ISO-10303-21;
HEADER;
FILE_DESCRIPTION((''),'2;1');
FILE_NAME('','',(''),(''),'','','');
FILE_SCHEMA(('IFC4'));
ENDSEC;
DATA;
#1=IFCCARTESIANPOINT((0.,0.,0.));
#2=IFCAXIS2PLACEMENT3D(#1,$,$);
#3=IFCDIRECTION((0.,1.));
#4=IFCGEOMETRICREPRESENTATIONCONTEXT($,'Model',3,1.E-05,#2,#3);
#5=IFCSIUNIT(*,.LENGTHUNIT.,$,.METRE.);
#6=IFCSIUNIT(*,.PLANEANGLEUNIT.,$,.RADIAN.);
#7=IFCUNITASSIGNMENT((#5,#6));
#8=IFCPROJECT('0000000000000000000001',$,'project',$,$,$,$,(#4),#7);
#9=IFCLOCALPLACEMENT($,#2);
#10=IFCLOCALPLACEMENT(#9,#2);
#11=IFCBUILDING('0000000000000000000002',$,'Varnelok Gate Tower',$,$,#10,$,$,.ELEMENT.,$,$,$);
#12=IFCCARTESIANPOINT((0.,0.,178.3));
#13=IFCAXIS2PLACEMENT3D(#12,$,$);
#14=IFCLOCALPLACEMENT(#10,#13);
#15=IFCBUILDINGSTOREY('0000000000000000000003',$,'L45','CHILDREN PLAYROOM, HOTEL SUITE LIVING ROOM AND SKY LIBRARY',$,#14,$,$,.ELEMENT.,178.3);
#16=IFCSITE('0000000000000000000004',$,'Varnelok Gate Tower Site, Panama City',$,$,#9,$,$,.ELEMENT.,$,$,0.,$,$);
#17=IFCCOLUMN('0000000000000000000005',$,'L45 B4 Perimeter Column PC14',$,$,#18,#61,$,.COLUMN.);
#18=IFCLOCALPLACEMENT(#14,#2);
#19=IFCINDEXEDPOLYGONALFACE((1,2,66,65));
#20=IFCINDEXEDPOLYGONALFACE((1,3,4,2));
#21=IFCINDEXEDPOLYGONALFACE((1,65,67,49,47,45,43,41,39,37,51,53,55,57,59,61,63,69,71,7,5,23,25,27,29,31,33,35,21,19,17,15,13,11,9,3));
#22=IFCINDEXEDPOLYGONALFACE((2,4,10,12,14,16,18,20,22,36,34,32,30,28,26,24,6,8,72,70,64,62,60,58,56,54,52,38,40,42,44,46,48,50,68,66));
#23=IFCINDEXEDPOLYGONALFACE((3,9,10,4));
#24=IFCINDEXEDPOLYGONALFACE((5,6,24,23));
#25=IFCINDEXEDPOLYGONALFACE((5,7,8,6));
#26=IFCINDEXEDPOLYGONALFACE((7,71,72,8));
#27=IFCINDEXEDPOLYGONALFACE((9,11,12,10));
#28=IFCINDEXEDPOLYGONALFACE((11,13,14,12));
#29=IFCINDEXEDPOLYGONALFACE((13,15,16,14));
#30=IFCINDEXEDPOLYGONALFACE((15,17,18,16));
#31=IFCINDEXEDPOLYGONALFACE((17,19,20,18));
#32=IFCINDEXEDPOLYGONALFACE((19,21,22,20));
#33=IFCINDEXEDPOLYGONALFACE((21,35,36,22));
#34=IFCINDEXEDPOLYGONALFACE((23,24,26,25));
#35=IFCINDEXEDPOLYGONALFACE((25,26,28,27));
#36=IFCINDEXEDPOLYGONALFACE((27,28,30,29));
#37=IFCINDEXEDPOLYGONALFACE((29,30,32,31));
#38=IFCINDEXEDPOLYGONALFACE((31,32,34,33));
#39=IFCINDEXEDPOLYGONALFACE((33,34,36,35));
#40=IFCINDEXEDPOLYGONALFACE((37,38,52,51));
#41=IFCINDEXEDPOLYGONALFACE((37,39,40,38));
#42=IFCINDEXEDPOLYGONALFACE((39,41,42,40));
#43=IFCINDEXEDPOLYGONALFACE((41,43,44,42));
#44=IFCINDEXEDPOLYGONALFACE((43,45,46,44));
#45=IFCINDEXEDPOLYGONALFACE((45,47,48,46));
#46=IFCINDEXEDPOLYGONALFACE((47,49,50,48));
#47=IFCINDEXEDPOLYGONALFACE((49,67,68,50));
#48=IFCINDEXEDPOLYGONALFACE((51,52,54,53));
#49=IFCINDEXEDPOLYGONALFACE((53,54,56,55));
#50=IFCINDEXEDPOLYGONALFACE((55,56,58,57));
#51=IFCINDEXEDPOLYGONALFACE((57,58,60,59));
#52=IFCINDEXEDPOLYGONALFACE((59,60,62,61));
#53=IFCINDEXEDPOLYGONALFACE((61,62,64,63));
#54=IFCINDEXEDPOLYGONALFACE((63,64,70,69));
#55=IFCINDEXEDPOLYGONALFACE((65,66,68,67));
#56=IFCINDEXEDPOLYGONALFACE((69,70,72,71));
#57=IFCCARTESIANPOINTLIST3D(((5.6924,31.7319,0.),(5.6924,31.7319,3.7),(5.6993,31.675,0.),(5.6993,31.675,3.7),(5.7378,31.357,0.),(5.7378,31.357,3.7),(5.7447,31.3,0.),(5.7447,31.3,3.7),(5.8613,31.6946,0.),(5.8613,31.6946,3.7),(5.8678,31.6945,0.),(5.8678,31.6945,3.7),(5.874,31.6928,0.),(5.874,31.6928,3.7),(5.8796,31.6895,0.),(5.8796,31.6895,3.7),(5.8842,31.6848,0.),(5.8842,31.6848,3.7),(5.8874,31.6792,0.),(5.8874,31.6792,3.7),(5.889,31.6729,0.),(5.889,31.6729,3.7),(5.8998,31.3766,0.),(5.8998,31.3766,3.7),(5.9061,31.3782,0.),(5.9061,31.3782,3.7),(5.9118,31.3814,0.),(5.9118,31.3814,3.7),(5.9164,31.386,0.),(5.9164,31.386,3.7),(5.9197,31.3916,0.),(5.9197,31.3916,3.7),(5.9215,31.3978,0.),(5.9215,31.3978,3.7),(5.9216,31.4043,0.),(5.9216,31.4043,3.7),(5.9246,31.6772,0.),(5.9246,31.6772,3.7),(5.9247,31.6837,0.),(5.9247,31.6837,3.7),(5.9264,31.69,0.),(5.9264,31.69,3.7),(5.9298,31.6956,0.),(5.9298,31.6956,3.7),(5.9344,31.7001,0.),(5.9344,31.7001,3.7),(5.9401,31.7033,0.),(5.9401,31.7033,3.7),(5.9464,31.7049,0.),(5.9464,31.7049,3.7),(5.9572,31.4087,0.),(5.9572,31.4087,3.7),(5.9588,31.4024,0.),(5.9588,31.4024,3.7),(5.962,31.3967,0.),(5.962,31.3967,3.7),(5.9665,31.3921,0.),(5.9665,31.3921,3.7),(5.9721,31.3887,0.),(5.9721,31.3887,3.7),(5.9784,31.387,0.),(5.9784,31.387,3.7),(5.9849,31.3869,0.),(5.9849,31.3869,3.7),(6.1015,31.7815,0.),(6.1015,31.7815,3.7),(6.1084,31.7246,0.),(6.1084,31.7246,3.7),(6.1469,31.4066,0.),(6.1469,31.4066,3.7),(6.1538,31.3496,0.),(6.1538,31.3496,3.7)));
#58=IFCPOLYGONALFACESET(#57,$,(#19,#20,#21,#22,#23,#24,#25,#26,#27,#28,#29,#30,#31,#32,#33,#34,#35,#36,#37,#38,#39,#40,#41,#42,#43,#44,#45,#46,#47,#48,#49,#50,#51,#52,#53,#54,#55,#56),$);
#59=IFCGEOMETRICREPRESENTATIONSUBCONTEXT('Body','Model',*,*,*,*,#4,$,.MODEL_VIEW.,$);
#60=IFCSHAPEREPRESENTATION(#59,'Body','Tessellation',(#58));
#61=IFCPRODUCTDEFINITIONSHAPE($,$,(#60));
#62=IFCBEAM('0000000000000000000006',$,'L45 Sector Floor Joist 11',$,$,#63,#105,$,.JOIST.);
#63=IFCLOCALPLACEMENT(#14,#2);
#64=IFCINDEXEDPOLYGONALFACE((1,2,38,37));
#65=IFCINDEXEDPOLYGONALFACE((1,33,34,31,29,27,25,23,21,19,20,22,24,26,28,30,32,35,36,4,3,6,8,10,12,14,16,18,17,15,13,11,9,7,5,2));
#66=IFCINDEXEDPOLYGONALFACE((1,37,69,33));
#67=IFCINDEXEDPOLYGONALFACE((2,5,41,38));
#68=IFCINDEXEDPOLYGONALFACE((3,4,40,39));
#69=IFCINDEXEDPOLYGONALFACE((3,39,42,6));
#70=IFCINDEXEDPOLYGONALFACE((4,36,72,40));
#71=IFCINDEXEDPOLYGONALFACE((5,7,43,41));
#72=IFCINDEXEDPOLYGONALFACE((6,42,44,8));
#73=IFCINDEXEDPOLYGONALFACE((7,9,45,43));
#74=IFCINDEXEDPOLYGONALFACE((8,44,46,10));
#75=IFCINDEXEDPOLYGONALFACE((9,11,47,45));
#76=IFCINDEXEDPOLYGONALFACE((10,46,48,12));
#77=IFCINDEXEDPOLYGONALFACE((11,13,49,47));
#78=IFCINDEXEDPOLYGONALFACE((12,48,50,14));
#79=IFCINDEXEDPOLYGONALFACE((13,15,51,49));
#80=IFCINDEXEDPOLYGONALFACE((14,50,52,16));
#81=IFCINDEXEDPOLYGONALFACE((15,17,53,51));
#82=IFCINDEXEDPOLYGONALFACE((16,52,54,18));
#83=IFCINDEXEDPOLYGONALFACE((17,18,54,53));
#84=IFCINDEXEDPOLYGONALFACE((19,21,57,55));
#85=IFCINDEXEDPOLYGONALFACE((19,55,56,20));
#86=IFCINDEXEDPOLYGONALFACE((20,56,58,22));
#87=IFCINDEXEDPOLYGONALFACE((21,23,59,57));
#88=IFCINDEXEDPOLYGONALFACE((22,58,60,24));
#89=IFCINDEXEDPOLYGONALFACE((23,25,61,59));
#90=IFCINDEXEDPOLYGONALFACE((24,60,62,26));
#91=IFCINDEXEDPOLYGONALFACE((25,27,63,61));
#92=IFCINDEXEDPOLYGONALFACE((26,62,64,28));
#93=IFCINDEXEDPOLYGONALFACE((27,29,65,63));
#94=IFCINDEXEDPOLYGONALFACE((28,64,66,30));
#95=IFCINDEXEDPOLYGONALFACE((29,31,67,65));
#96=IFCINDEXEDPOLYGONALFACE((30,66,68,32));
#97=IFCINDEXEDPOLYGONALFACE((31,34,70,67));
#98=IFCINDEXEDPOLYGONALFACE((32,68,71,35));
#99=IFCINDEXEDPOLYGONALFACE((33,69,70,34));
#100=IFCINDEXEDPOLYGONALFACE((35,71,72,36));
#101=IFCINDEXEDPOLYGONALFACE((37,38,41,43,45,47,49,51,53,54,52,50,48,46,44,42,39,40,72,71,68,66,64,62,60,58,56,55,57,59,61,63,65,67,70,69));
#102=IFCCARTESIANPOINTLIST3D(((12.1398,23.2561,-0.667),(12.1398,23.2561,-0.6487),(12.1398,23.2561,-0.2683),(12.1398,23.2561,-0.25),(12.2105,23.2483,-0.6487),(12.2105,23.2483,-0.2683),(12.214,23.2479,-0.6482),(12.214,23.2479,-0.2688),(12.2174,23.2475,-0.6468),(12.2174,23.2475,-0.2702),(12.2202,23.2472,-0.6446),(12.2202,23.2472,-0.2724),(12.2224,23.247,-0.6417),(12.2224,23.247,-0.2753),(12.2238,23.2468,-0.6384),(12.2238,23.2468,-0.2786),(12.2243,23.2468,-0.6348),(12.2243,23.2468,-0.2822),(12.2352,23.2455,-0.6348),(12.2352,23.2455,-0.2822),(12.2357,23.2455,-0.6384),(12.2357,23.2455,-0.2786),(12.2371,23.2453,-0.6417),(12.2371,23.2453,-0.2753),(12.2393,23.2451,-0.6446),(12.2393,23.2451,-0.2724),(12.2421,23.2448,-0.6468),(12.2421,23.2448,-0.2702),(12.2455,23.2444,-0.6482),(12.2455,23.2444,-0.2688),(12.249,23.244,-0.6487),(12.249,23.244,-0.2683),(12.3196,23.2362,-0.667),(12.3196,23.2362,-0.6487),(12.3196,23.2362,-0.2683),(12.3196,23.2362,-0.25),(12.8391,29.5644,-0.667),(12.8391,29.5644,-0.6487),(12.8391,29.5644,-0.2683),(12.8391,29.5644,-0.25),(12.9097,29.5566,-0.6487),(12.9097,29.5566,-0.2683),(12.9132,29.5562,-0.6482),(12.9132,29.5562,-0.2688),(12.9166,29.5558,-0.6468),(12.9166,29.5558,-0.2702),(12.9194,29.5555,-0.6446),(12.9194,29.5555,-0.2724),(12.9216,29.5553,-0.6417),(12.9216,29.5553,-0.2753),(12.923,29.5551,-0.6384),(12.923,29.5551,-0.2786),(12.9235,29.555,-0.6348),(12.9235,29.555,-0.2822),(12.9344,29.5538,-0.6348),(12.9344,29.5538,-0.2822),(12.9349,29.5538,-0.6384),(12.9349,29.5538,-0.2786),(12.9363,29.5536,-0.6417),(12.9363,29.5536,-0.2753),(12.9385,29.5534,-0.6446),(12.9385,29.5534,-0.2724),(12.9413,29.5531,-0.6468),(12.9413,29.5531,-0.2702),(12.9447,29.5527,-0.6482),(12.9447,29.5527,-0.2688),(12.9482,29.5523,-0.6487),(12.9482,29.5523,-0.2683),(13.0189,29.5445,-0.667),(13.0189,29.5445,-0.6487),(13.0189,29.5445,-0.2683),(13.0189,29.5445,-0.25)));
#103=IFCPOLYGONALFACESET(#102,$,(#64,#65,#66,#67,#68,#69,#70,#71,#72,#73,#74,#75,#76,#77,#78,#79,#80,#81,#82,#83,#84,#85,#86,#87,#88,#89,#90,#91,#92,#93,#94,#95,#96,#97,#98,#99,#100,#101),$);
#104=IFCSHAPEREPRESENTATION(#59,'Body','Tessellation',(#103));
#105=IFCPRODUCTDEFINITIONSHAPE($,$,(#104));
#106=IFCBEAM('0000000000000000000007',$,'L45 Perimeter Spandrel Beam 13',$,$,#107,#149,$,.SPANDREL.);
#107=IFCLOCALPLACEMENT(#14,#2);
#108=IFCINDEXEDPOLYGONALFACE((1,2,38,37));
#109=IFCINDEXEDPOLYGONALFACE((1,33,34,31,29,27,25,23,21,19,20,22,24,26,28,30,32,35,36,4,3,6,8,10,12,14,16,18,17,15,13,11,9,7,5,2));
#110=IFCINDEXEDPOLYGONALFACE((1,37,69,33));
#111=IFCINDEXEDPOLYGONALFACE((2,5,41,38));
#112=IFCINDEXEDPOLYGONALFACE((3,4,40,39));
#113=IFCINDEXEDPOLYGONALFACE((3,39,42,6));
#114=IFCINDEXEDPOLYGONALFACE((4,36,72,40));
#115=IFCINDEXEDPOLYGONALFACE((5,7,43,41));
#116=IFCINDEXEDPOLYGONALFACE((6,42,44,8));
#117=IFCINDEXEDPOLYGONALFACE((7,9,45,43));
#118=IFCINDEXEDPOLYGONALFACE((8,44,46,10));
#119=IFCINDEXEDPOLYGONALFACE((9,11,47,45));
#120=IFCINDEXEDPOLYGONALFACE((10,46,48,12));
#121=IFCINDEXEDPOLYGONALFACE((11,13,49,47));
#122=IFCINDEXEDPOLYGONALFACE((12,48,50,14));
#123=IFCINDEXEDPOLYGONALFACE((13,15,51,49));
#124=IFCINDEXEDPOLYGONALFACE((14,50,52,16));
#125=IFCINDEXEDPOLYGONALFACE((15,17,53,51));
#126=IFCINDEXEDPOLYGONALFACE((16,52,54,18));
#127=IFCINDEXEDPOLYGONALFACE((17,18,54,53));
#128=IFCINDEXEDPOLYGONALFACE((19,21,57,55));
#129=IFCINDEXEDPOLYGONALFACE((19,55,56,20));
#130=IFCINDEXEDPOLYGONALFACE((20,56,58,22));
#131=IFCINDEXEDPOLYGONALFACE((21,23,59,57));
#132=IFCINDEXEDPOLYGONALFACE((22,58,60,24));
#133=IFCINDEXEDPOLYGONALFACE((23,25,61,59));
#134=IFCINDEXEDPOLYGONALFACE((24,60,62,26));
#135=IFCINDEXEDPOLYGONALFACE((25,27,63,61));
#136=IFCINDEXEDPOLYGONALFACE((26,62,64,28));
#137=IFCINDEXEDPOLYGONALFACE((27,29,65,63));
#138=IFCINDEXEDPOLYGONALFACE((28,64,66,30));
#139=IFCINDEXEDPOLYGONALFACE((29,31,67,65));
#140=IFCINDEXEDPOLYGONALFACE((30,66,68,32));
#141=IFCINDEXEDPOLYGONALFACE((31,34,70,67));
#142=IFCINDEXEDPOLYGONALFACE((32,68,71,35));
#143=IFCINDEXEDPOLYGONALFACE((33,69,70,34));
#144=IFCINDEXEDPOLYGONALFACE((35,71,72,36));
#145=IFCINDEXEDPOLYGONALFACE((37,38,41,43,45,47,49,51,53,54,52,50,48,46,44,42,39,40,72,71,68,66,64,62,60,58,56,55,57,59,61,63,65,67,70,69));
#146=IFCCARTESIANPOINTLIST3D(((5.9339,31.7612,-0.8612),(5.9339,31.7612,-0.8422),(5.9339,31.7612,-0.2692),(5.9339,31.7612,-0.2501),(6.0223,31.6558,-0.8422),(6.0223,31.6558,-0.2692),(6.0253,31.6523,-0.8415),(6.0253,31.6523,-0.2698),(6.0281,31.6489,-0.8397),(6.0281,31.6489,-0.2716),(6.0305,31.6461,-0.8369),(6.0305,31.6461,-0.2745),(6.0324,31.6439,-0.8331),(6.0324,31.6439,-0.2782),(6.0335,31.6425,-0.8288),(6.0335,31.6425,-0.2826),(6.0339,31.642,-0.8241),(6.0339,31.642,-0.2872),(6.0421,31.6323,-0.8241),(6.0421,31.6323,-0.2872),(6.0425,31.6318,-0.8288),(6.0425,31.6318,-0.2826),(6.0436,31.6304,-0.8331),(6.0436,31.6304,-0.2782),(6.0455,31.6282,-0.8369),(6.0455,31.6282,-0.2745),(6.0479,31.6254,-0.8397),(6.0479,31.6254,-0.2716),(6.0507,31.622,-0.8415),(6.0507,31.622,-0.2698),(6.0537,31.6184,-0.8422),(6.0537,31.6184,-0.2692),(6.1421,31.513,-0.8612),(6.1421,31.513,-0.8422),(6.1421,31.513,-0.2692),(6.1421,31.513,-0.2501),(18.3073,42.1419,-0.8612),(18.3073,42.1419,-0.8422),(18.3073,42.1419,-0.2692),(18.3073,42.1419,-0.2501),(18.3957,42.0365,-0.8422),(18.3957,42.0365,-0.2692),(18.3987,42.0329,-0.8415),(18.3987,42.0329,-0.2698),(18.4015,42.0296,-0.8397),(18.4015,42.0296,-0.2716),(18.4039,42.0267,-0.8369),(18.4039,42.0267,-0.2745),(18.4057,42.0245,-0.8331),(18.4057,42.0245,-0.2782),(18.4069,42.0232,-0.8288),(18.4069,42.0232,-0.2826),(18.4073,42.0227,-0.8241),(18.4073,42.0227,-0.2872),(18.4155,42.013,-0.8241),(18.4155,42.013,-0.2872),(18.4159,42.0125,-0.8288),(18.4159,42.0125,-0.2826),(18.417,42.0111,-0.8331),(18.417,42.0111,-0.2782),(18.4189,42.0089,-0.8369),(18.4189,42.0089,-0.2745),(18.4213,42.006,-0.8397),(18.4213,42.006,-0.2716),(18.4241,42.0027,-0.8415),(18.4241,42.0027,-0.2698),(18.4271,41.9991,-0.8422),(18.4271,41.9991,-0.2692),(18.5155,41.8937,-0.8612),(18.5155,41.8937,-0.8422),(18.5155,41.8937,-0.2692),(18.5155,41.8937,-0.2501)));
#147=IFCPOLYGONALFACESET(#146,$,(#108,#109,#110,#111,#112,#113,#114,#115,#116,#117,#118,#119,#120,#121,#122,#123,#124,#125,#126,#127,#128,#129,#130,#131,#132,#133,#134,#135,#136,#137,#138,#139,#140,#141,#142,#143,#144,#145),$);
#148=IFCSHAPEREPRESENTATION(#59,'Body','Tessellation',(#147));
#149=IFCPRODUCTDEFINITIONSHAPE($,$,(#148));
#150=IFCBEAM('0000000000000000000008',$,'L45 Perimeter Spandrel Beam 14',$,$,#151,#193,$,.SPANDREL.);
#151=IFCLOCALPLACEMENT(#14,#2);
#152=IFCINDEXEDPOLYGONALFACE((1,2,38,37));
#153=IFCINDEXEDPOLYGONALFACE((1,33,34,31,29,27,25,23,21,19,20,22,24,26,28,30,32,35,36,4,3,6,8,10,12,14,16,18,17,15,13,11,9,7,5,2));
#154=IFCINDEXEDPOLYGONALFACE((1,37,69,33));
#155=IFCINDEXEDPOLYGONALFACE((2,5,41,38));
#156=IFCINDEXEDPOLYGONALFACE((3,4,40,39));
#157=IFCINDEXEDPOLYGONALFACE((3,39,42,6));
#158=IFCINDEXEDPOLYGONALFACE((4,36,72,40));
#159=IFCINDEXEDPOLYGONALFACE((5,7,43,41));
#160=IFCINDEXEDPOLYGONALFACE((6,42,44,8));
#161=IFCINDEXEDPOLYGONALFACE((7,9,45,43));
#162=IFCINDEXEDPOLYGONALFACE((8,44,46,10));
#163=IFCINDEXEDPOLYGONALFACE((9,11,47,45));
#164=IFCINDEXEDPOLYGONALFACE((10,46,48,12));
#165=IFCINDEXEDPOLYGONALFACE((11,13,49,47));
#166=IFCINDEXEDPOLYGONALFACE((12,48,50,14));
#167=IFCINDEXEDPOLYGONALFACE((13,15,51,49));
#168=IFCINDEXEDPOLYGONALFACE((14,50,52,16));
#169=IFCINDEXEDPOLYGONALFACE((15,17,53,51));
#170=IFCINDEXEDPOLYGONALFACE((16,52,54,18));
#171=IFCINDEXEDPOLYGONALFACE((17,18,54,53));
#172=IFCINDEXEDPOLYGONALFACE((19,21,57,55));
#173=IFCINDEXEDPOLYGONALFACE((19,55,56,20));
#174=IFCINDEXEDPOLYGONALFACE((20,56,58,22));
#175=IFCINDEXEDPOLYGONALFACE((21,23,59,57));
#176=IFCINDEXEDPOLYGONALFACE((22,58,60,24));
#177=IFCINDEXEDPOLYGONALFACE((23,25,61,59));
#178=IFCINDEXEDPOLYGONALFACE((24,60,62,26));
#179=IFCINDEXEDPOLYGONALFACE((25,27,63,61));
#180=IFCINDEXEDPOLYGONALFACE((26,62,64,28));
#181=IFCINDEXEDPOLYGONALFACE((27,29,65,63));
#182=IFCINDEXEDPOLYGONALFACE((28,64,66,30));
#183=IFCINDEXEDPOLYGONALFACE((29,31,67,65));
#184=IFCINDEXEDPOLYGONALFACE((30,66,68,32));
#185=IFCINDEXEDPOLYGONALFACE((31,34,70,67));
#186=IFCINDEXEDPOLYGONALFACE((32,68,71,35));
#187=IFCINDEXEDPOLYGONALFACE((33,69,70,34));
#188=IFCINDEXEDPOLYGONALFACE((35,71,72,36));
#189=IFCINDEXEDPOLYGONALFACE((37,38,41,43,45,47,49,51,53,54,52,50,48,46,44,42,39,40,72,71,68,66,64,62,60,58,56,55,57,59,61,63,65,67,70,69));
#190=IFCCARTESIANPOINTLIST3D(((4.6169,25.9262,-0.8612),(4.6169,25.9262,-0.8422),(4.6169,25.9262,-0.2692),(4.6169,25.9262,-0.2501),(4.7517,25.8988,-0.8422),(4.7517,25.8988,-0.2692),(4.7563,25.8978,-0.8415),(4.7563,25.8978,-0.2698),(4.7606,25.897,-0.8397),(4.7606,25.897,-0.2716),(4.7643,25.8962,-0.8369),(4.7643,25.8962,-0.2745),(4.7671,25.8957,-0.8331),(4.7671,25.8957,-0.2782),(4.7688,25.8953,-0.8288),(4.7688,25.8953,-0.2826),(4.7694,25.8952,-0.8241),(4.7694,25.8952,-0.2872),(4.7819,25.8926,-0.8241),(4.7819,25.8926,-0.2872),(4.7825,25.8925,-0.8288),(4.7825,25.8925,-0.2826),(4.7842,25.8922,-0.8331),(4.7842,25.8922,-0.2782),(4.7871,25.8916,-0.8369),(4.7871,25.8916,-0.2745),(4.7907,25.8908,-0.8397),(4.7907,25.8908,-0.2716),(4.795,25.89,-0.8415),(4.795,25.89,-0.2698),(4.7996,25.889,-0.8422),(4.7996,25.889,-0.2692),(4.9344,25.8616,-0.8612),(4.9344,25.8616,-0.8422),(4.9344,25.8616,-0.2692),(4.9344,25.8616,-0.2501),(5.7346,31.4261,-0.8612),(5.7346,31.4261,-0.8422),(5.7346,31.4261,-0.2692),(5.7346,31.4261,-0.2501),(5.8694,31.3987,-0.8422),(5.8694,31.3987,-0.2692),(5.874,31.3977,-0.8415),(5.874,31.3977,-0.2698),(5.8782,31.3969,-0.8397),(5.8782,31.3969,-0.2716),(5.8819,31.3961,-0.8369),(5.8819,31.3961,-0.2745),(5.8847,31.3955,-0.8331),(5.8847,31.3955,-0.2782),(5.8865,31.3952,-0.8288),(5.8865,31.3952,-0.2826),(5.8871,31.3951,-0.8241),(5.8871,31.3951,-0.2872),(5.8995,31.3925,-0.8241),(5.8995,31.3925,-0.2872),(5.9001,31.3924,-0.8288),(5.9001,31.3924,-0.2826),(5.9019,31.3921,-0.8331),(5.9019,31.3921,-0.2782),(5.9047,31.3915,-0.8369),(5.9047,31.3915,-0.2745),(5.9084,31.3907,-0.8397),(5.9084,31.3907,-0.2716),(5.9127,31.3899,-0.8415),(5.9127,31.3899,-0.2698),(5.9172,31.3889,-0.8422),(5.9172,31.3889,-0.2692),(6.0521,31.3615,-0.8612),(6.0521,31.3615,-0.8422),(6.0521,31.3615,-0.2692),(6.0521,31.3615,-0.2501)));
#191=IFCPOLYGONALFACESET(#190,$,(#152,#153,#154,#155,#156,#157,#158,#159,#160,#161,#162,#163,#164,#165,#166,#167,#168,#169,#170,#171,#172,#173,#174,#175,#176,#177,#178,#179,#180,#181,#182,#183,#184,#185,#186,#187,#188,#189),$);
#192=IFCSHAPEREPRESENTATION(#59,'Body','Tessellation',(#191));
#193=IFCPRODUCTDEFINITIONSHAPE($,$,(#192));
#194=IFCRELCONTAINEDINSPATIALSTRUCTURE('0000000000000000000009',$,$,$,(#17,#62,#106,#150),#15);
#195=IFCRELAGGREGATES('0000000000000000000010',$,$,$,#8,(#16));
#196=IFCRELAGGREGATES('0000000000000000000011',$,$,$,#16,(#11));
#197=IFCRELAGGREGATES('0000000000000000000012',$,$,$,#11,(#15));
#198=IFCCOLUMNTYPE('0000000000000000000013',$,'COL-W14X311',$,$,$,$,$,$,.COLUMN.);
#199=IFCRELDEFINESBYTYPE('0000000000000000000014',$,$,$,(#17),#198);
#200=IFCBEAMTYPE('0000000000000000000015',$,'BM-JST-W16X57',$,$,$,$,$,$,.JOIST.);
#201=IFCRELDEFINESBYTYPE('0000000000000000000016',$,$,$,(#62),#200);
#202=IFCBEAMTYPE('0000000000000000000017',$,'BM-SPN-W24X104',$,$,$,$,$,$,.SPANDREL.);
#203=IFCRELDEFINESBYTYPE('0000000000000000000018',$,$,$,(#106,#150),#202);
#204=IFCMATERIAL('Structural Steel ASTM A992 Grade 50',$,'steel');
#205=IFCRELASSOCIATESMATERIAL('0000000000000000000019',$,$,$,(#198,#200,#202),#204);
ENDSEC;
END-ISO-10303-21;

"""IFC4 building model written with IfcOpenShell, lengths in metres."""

from ifc_helpers import new_model, si_unit, direction, frame, origin, origin_2d, place, context, subcontext, project, spatial, i_section, extrude, material, material_profile, profile_set, type_object, element, save


model = new_model("IFC4")

# Units and contexts
model_context = context("Model", 3, precision=1e-05, world=origin(), true_north=direction((0.0, 1.0)))
body_context = subcontext(model_context, "Body", "Model", "MODEL_VIEW")
ifc_project = project(units=[si_unit("LENGTHUNIT", "METRE"), si_unit("PLANEANGLEUNIT", "RADIAN")], contexts=[model_context])

# Site, building, storey
site_placement = place(None, origin())
site = spatial("IfcSite", under=ifc_project, at=site_placement, Name="Varnelok Gate Tower Site, Panama City", CompositionType="ELEMENT", RefElevation=0.0)
building_placement = place(site_placement, origin())
building = spatial("IfcBuilding", under=site, at=building_placement, Name="Varnelok Gate Tower", CompositionType="ELEMENT")
storey_placement = place(building_placement, frame((0.0, 0.0, 178.3)))
storey = spatial("IfcBuildingStorey", under=building, at=storey_placement, Name="L45", Description="CHILDREN PLAYROOM, HOTEL SUITE LIVING ROOM AND SKY LIBRARY", CompositionType="ELEMENT", Elevation=178.3)

# Column
ifc_material_1 = material(Name="Structural Steel ASTM A992 Grade 50", Category="steel")
ifc_material_profile_1 = material_profile(ifc_material_1, i_section(OverallWidth=0.4121, OverallDepth=0.4351, WebThickness=0.0359, FlangeThickness=0.0574, FilletRadius=0.0249, at=origin_2d()), Name="W14X311")
ifc_profile_set_1 = profile_set([ifc_material_profile_1], Name="Structural Steel ASTM A992 Grade 50")
column_type = type_object("IfcColumnType", Name="COL-W14X311", PredefinedType="COLUMN", material=ifc_profile_set_1)
column_placement = place(storey_placement, frame((5.9231, 31.5408, 0.0), z_axis=(0.0, 0.0, 1.0), x_axis=(0.992732, 0.120345, 0.0)))
element("IfcColumn", 1, at=column_placement, inside=storey, type_object=column_type, Name="L45 B4 Perimeter Column PC14", PredefinedType="COLUMN", context=body_context, shape_type="SweptSolid", body=[
    extrude(i_section(OverallWidth=0.4121, OverallDepth=0.4351, WebThickness=0.0359, FlangeThickness=0.0574, FilletRadius=0.0249, at=origin_2d()), origin(), (0.0, 0.0, 1.0), 3.7),
])

# Beams
ifc_material_profile_2 = material_profile(ifc_material_1, i_section(OverallWidth=0.1809, OverallDepth=0.417, WebThickness=0.011, FlangeThickness=0.0183, FilletRadius=0.0139, at=origin_2d()), Name="W16X57")
ifc_profile_set_2 = profile_set([ifc_material_profile_2], Name="Structural Steel ASTM A992 Grade 50")
beam_type_1 = type_object("IfcBeamType", Name="BM-JST-W16X57", PredefinedType="JOIST", material=ifc_profile_set_2)
beam_1_placement = place(storey_placement, frame((12.929, 29.5544, -0.4585), z_axis=(-0.110166, -0.993913, 0.0), x_axis=(0.993913, -0.110166, 0.0)))
element("IfcBeam", 2, at=beam_1_placement, inside=storey, type_object=beam_type_1, Name="L45 Sector Floor Joist 11", PredefinedType="JOIST", context=body_context, shape_type="SweptSolid", body=[
    extrude(i_section(OverallWidth=0.1809, OverallDepth=0.417, WebThickness=0.011, FlangeThickness=0.0183, FilletRadius=0.0139, at=origin_2d()), origin(), (0.0, 0.0, 1.0), 6.3469),
])
ifc_material_profile_3 = material_profile(ifc_material_1, i_section(OverallWidth=0.324, OverallDepth=0.6111, WebThickness=0.0127, FlangeThickness=0.019, FilletRadius=0.0181, at=origin_2d()), Name="W24X104")
ifc_profile_set_3 = profile_set([ifc_material_profile_3], Name="Structural Steel ASTM A992 Grade 50")
beam_type_2 = type_object("IfcBeamType", Name="BM-SPN-W24X104", PredefinedType="SPANDREL", material=ifc_profile_set_3)
beam_2_placement = place(storey_placement, frame((18.4114, 42.0178, -0.5557), z_axis=(-0.7661, -0.642722, 0.0), x_axis=(0.642722, -0.7661, 0.0)))
element("IfcBeam", 3, at=beam_2_placement, inside=storey, type_object=beam_type_2, Name="L45 Perimeter Spandrel Beam 13", PredefinedType="SPANDREL", context=body_context, shape_type="SweptSolid", body=[
    extrude(i_section(OverallWidth=0.324, OverallDepth=0.6111, WebThickness=0.0127, FlangeThickness=0.019, FilletRadius=0.0181, at=origin_2d()), origin(), (0.0, 0.0, 1.0), 16.1511),
])
beam_3_placement = place(storey_placement, frame((5.8933, 31.3938, -0.5557), z_axis=(-0.199143, -0.97997, 0.0), x_axis=(0.97997, -0.199143, 0.0)))
element("IfcBeam", 4, at=beam_3_placement, inside=storey, type_object=beam_type_2, Name="L45 Perimeter Spandrel Beam 14", PredefinedType="SPANDREL", context=body_context, shape_type="SweptSolid", body=[
    extrude(i_section(OverallWidth=0.324, OverallDepth=0.6111, WebThickness=0.0127, FlangeThickness=0.019, FilletRadius=0.0181, at=origin_2d()), origin(), (0.0, 0.0, 1.0), 5.6123),
])

save(model, "model.ifc")
